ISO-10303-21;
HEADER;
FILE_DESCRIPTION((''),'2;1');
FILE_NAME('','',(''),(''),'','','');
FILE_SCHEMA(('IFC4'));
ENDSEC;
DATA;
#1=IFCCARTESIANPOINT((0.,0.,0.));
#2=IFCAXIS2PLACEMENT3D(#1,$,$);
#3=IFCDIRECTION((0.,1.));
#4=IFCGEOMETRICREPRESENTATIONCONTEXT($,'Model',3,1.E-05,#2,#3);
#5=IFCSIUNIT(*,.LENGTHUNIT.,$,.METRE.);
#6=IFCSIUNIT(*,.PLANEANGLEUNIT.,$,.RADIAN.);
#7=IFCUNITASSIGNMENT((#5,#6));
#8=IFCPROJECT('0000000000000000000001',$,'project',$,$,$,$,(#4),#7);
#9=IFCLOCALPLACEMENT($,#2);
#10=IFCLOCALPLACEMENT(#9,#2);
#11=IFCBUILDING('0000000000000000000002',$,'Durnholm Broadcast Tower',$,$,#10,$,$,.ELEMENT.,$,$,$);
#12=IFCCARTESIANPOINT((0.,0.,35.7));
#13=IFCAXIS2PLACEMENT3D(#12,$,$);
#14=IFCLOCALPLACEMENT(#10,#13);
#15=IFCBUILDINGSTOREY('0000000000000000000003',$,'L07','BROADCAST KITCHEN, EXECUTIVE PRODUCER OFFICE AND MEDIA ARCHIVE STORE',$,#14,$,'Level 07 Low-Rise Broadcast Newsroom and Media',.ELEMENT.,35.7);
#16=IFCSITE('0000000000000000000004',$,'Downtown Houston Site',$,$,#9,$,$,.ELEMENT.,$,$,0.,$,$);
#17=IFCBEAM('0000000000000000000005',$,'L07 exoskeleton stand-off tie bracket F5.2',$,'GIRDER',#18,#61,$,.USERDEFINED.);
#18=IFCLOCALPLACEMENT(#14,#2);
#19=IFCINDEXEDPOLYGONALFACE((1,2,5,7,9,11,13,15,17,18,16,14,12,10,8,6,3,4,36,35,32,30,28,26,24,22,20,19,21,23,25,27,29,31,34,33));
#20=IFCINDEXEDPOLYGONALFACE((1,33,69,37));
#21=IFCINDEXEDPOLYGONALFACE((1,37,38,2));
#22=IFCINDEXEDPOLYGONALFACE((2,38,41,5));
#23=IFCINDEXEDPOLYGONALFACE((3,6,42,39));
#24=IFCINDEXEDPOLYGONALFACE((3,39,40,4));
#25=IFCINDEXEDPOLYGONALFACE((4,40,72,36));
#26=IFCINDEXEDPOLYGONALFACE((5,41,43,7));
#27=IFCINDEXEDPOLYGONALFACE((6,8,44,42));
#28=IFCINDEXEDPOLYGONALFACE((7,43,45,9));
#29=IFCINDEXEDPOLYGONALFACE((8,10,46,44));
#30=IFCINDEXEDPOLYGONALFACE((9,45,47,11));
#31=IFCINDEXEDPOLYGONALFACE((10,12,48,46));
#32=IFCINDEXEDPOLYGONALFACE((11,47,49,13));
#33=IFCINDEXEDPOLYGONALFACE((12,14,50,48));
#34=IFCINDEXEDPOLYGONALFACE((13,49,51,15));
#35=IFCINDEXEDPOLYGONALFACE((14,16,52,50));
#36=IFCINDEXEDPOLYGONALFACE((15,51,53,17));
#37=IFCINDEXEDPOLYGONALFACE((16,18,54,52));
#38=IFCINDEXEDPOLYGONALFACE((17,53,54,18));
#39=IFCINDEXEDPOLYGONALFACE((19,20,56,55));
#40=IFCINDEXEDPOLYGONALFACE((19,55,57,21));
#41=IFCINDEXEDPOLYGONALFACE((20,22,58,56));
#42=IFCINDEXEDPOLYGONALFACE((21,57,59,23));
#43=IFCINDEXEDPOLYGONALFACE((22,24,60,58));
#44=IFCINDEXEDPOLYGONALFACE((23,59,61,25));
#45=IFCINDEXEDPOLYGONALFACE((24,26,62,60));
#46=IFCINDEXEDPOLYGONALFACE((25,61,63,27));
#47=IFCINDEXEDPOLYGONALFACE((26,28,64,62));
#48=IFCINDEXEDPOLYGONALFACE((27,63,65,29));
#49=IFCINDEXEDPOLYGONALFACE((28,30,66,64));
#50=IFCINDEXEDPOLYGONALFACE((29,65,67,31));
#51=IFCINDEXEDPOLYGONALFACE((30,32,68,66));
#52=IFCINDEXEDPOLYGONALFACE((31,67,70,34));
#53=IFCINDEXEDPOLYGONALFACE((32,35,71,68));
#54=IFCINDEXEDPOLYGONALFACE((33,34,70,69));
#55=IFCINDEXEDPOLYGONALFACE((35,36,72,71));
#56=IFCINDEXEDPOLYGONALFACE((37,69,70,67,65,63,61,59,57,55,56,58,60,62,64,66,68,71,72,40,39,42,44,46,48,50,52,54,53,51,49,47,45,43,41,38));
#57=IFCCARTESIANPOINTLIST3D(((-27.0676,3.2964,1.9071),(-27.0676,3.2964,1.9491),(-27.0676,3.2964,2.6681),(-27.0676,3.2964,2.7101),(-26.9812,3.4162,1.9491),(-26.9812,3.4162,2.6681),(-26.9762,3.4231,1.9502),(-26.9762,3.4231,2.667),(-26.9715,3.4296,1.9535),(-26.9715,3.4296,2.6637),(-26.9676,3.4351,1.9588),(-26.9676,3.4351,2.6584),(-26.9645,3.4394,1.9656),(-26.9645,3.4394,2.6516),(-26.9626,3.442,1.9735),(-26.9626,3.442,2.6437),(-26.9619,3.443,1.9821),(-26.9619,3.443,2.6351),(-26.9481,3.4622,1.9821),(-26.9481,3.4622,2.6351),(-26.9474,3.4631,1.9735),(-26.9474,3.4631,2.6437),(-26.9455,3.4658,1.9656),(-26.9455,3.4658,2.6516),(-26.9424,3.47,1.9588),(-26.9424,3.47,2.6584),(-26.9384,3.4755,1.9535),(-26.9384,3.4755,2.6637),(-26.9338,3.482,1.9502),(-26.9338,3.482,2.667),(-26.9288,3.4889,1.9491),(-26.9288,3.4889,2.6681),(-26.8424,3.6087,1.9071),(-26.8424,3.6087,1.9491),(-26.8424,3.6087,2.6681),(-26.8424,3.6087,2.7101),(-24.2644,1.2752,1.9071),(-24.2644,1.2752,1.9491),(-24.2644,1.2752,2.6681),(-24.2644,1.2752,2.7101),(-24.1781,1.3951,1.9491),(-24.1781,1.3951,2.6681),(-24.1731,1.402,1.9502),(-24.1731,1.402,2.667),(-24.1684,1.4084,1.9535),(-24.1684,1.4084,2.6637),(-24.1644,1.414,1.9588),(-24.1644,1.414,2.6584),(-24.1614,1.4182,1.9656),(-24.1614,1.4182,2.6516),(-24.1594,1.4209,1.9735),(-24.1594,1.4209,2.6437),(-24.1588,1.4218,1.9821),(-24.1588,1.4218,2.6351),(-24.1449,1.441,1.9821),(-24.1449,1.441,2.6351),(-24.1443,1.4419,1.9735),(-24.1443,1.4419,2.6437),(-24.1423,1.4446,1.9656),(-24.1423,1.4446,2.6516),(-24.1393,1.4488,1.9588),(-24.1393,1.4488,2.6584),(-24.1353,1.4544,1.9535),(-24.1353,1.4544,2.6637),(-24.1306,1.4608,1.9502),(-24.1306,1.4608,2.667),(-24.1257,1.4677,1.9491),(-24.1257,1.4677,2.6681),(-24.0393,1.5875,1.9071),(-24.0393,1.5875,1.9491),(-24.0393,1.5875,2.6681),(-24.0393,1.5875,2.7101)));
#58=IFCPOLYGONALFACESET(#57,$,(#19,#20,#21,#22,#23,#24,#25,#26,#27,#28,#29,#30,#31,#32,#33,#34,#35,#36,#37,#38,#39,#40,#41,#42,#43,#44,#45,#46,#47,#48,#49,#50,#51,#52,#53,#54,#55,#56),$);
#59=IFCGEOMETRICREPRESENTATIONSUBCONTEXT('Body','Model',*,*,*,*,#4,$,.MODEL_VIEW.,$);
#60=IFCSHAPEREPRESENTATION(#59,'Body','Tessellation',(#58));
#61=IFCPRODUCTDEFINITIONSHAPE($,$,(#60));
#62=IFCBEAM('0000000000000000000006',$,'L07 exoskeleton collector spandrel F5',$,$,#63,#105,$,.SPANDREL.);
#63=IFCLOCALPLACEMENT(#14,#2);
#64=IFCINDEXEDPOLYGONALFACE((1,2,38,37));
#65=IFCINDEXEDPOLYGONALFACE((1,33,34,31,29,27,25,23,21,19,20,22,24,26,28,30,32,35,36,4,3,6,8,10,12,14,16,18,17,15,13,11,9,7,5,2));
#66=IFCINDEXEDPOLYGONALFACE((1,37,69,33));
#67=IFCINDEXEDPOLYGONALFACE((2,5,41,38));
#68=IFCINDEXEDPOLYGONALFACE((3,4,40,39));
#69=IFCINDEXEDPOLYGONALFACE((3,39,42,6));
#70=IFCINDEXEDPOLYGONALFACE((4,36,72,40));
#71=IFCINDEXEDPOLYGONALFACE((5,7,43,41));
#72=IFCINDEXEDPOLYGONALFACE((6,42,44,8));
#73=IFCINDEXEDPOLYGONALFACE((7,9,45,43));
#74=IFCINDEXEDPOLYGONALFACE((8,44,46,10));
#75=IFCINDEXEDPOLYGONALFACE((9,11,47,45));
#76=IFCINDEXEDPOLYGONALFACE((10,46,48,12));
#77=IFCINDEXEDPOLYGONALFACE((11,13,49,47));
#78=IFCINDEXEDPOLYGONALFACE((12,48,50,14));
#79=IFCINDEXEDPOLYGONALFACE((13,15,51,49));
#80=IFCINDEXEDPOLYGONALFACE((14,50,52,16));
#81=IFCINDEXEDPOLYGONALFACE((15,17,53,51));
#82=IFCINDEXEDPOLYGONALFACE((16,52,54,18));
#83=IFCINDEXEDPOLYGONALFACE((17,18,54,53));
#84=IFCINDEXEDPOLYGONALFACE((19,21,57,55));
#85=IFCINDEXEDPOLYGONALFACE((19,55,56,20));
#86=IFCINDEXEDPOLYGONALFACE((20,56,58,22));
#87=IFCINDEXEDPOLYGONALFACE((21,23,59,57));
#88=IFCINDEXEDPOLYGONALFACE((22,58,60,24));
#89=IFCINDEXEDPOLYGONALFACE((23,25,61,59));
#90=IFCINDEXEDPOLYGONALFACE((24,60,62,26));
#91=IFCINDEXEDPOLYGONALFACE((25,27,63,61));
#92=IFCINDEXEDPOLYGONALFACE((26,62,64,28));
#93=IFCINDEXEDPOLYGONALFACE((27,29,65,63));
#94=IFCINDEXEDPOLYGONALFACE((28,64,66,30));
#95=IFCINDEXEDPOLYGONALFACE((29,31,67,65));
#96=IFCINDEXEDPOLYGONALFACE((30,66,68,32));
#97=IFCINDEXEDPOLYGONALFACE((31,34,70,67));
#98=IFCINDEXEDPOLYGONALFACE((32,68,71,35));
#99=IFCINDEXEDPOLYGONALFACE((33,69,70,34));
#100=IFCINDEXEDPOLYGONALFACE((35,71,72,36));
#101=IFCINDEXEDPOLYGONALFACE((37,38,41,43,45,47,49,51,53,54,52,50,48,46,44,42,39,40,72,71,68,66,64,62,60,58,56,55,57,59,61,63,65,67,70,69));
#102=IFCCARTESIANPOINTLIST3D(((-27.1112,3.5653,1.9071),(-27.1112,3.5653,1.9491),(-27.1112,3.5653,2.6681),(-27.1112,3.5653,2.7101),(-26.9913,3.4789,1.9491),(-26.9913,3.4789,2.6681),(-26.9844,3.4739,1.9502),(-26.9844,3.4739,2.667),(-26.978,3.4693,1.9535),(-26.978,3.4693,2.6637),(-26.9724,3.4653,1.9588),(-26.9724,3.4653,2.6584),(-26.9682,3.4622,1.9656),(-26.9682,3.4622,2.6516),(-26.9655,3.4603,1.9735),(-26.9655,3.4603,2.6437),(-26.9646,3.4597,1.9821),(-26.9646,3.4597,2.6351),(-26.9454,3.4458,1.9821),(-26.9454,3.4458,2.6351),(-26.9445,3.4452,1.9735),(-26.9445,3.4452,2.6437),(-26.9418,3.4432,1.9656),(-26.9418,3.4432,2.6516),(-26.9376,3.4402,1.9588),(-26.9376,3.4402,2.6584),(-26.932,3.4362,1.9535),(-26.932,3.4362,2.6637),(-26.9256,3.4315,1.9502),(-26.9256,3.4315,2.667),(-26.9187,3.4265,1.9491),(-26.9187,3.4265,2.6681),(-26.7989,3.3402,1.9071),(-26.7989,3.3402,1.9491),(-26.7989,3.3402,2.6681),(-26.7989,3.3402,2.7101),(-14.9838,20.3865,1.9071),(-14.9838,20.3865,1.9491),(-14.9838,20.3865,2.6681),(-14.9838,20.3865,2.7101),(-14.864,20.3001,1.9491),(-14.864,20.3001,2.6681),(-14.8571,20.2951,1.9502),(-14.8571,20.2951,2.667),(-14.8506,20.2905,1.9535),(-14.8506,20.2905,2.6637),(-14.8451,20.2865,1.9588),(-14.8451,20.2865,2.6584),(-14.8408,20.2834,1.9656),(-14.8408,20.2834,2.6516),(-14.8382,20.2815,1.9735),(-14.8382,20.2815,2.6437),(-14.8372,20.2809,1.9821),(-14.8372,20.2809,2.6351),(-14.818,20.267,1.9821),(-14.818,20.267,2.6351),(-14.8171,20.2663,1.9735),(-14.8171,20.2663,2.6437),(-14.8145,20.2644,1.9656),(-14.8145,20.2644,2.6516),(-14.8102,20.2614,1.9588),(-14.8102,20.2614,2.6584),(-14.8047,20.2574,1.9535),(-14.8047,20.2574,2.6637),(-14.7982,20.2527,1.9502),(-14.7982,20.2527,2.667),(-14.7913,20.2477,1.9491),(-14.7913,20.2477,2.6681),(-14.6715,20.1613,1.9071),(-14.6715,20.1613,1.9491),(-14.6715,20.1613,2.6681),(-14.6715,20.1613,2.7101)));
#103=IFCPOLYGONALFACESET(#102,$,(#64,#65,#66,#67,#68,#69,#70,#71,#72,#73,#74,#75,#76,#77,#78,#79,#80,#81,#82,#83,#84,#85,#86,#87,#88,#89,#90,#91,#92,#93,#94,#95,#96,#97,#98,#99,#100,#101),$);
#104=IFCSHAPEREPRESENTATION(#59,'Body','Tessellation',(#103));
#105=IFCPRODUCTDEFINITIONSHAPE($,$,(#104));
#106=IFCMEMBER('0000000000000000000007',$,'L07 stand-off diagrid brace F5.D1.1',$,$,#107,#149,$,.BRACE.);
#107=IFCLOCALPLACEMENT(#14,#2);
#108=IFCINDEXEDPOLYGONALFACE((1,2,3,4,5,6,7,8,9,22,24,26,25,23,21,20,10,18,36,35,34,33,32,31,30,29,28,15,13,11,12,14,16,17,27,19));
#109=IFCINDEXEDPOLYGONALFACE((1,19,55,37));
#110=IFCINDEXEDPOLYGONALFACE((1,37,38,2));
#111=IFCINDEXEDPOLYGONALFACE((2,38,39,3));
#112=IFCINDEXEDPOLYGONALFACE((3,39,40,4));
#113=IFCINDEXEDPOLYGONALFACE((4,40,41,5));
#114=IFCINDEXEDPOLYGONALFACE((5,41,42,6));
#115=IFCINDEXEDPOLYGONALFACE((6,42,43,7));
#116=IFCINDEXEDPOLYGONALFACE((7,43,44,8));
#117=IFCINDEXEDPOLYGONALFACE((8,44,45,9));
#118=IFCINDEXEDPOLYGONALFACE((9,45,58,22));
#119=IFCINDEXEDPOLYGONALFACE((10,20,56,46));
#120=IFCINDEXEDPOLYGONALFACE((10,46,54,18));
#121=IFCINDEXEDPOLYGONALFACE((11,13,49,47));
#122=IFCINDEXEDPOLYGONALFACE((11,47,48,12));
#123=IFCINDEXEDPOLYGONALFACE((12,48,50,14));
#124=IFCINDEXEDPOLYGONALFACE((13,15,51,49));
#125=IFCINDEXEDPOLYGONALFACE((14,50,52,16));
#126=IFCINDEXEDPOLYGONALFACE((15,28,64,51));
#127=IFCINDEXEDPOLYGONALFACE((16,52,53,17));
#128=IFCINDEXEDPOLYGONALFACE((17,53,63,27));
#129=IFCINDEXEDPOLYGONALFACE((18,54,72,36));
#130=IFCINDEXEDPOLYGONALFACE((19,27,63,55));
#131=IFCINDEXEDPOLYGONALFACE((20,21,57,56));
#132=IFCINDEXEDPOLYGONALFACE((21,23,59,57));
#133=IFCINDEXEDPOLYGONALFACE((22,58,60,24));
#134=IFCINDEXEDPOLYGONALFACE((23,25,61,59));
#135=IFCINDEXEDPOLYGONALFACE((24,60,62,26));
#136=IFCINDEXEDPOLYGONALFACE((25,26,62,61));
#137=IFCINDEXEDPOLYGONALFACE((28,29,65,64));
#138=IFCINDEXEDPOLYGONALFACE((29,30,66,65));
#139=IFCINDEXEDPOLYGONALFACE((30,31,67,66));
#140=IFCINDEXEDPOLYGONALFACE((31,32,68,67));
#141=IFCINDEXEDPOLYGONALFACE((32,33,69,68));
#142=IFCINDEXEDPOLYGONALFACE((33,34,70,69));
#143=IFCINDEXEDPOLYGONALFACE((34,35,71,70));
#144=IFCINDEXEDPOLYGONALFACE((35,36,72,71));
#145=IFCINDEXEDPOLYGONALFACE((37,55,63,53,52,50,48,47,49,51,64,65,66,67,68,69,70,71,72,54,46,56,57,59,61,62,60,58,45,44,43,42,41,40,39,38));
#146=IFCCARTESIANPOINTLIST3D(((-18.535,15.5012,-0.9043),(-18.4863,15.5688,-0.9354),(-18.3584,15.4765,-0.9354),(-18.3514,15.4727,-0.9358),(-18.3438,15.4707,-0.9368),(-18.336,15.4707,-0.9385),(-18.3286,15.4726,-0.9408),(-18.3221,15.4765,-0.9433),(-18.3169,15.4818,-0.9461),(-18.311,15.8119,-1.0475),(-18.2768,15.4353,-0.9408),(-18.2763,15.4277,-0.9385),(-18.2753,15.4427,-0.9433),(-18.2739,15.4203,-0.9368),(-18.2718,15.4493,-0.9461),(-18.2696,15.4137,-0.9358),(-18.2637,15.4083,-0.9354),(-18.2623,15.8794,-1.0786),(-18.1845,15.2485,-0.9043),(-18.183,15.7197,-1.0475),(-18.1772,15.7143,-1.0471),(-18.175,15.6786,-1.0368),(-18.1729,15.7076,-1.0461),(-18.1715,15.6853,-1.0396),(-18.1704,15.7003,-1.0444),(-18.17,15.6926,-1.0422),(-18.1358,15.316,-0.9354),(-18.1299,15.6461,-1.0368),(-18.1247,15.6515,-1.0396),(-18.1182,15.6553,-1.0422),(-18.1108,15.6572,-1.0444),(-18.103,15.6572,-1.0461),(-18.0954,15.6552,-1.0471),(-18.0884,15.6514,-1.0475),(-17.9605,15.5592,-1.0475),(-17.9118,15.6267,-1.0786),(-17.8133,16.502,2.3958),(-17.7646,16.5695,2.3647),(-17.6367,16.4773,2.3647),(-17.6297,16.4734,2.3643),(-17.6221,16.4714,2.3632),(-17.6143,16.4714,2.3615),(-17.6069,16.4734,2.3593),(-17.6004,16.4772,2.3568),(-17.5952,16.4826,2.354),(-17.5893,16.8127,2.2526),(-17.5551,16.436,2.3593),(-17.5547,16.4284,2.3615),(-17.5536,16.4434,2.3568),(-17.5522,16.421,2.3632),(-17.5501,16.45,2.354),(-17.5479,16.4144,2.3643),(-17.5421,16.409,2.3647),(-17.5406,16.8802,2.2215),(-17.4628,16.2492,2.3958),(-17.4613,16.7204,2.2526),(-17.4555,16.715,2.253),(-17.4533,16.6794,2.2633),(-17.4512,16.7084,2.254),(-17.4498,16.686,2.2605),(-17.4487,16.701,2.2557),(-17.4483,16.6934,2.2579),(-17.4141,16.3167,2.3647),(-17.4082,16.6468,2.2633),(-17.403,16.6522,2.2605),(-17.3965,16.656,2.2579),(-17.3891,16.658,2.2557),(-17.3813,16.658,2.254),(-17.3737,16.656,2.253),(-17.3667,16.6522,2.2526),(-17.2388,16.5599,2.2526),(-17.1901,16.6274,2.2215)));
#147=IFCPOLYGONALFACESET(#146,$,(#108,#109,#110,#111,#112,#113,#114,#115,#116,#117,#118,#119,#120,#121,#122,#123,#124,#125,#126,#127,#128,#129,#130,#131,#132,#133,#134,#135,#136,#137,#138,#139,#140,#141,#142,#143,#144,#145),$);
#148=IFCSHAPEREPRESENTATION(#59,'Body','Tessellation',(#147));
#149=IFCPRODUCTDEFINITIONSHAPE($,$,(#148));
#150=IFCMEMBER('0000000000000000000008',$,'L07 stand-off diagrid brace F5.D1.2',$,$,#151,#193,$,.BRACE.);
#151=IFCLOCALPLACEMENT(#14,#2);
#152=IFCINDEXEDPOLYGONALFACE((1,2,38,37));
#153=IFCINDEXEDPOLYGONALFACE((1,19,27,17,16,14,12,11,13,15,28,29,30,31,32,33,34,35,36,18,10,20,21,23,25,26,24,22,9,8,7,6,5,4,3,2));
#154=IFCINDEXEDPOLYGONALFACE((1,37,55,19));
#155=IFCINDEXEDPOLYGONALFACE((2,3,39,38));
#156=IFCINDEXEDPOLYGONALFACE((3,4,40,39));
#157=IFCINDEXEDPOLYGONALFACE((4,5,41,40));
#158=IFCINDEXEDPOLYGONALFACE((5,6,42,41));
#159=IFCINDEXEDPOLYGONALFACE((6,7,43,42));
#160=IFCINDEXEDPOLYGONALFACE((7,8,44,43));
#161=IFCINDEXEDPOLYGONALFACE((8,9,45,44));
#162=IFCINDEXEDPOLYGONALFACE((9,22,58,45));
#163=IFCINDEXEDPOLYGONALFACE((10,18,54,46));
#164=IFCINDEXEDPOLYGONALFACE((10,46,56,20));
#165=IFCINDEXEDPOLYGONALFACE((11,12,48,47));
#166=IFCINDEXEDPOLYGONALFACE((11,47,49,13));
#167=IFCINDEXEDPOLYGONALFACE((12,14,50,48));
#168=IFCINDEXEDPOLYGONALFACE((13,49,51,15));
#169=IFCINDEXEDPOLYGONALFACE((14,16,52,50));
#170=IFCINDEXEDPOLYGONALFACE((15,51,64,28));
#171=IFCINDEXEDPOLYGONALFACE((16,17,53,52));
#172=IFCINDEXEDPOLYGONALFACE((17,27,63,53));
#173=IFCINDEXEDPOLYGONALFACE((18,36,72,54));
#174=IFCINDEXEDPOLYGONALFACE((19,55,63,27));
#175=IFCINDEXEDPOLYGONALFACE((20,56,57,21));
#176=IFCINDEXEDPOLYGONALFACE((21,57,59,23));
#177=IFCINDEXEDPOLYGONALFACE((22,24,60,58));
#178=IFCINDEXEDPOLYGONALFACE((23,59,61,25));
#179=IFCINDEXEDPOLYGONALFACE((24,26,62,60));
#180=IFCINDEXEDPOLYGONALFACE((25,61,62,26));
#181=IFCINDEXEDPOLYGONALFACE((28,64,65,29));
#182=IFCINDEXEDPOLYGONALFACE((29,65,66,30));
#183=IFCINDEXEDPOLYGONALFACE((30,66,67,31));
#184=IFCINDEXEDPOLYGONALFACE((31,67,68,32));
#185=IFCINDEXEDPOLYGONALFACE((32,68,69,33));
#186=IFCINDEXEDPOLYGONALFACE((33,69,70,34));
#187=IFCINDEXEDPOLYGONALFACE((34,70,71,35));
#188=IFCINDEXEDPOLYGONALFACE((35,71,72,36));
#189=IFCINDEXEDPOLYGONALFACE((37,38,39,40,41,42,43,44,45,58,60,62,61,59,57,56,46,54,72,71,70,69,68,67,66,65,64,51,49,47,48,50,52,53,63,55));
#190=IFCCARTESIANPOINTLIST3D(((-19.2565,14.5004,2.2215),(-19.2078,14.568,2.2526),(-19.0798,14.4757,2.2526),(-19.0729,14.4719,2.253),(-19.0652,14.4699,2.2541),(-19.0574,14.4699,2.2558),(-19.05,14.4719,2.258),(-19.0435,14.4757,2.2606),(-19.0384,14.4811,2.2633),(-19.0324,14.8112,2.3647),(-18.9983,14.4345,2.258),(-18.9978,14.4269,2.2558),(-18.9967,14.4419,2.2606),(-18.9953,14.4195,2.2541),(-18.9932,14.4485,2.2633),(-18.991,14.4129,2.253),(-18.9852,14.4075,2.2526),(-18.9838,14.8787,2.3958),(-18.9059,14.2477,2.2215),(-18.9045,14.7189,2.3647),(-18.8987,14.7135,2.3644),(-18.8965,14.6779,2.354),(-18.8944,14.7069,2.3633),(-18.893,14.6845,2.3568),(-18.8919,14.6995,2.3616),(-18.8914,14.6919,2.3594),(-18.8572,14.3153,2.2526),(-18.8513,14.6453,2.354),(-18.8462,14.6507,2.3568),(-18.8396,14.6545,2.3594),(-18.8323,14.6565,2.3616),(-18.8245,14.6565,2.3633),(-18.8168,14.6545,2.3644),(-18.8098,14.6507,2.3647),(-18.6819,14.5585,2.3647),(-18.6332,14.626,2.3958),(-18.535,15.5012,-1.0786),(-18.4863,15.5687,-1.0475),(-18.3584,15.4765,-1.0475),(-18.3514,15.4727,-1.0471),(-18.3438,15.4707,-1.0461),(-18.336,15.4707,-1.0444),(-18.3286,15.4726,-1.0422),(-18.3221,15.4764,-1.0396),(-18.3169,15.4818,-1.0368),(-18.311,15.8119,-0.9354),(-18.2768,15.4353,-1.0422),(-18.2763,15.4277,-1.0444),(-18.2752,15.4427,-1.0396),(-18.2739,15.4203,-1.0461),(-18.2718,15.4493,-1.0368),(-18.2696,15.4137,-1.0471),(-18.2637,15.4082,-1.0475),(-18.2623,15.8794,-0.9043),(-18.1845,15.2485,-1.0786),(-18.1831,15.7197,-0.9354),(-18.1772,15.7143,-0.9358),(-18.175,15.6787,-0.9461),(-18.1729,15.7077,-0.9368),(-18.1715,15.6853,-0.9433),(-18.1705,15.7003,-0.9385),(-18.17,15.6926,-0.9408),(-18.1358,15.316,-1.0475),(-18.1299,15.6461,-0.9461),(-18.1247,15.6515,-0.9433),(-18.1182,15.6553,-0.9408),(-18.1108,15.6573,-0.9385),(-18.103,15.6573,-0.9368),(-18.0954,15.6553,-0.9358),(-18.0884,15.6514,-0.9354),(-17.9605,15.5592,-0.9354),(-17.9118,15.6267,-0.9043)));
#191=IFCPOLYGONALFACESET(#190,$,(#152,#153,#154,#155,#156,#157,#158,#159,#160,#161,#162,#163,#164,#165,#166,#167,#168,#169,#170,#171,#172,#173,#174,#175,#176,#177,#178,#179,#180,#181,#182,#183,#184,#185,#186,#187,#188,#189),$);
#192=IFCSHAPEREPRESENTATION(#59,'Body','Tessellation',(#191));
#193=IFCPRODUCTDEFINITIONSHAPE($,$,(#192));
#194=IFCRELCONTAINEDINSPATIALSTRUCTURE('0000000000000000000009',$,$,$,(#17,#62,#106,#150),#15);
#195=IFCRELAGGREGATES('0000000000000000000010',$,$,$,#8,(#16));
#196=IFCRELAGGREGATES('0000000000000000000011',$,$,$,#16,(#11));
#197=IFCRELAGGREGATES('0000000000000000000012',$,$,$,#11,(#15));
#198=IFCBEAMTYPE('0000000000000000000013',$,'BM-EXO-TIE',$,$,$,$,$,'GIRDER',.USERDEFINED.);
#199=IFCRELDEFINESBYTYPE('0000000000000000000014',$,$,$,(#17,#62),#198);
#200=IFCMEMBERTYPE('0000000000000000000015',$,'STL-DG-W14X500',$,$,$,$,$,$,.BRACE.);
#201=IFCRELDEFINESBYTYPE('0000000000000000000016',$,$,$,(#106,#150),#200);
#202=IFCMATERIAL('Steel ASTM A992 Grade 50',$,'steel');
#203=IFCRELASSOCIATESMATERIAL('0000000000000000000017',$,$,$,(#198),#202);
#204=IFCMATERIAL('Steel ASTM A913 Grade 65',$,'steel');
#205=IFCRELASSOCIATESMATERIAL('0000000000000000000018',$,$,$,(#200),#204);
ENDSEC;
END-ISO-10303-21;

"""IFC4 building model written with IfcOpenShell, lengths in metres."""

from ifc_helpers import new_model, si_unit, direction, frame, origin, origin_2d, place, context, subcontext, project, spatial, i_section, extrude, source, transform, mapped, material, material_profile, profile_set, type_object, type_shapes, element, save


model = new_model("IFC4")

# Units and contexts
model_context = context("Model", 3, precision=1e-05, world=origin(), true_north=direction((0.0, 1.0)))
body_context = subcontext(model_context, "Body", "Model", "MODEL_VIEW")
ifc_project = project(units=[si_unit("LENGTHUNIT", "METRE"), si_unit("PLANEANGLEUNIT", "RADIAN")], contexts=[model_context])

# Site, building, storey
site_placement = place(None, origin())
site = spatial("IfcSite", under=ifc_project, at=site_placement, Name="Downtown Houston Site", CompositionType="ELEMENT", RefElevation=0.0)
building_placement = place(site_placement, origin())
building = spatial("IfcBuilding", under=site, at=building_placement, Name="Durnholm Broadcast Tower", CompositionType="ELEMENT")
storey_placement = place(building_placement, frame((0.0, 0.0, 35.7)))
storey = spatial("IfcBuildingStorey", under=building, at=storey_placement, Name="L07", Description="BROADCAST KITCHEN, EXECUTIVE PRODUCER OFFICE AND MEDIA ARCHIVE STORE", LongName="Level 07 Low-Rise Broadcast Newsroom and Media", CompositionType="ELEMENT", Elevation=35.7)

# Beams
ifc_material_1 = material(Name="Steel ASTM A992 Grade 50", Category="steel")
ifc_material_profile_1 = material_profile(ifc_material_1, i_section(OverallWidth=0.385, OverallDepth=0.803, WebThickness=0.0237, FlangeThickness=0.042, FilletRadius=0.033, at=origin_2d()), Name="W30X261")
ifc_profile_set_1 = profile_set([ifc_material_profile_1], Name="Steel ASTM A992 Grade 50")
beam_type_1 = type_object("IfcBeamType", Name="BM-EXO-TIE", ElementType="GIRDER", PredefinedType="USERDEFINED", material=ifc_profile_set_1)
shared_shape_1 = source(origin(), body_context, "Body", "SweptSolid", [
    extrude(i_section(OverallWidth=0.385, OverallDepth=0.803, WebThickness=0.0237, FlangeThickness=0.042, FilletRadius=0.033, at=origin_2d()), origin(), (0.0, 0.0, 1.0), 3.4558),
])
beam_1_placement = place(storey_placement, frame((-24.1519, 1.4314, 2.3086), z_axis=(-0.811134, 0.584861, 0.0), x_axis=(-0.584861, -0.811134, 0.0)))
element("IfcBeam", 1, at=beam_1_placement, inside=storey, type_object=beam_type_1, Name="L07 exoskeleton stand-off tie bracket F5.2", ObjectType="GIRDER", PredefinedType="USERDEFINED", context=body_context, shape_type="MappedRepresentation", body=[
    mapped(shared_shape_1, transform((0.0, 0.0, 0.0), x_axis=(1.0, 0.0, 0.0), y_axis=(0.0, 1.0, 0.0), z_axis=(0.0, 0.0, 1.0), scale=1.0)),
])
shared_shape_2 = source(origin(), body_context, "Body", "SweptSolid", [
    extrude(i_section(OverallWidth=0.385, OverallDepth=0.803, WebThickness=0.0237, FlangeThickness=0.042, FilletRadius=0.033, at=origin_2d()), origin(), (0.0, 0.0, 1.0), 20.7371),
])
beam_2_placement = place(storey_placement, frame((-14.8276, 20.2739, 2.3086), z_axis=(-0.584816, -0.811166, 0.0), x_axis=(0.811166, -0.584816, 0.0)))
element("IfcBeam", 2, at=beam_2_placement, inside=storey, type_object=beam_type_1, Name="L07 exoskeleton collector spandrel F5", PredefinedType="SPANDREL", context=body_context, shape_type="MappedRepresentation", body=[
    mapped(shared_shape_2, transform((0.0, 0.0, 0.0), x_axis=(1.0, 0.0, 0.0), y_axis=(0.0, 1.0, 0.0), z_axis=(0.0, 0.0, 1.0), scale=1.0)),
])

# Members
ifc_material_2 = material(Name="Steel ASTM A913 Grade 65", Category="steel")
ifc_material_profile_2 = material_profile(ifc_material_2, i_section(OverallWidth=0.4321, OverallDepth=0.4978, WebThickness=0.0557, FlangeThickness=0.0889, FilletRadius=0.0305, at=origin_2d()), Name="W14X500")
ifc_profile_set_2 = profile_set([ifc_material_profile_2], Name="Steel ASTM A913 Grade 65")
member_type_1 = type_object("IfcMemberType", Name="STL-DG-W14X500", PredefinedType="BRACE", material=ifc_profile_set_2)
shared_shape_3 = source(origin(), body_context, "Body", "SweptSolid", [
    extrude(i_section(OverallWidth=0.4321, OverallDepth=0.4978, WebThickness=0.0557, FlangeThickness=0.0889, FilletRadius=0.0305, at=origin_2d()), origin(), (0.0, 0.0, 1.0), 3.5232),
])
type_shapes(member_type_1, [shared_shape_3])
for number, where, z_axis, x_axis, name in (
    (3, (-18.2234, 15.564, -0.9915), (0.204839, 0.284045, 0.936675), (-0.811091, 0.58492, 0.0), "L07 stand-off diagrid brace F5.D1.1"),
    (4, (-18.2234, 15.564, -0.9915), (-0.204773, -0.284049, 0.936688), (0.811185, -0.584789, 0.0), "L07 stand-off diagrid brace F5.D1.2"),
):
    element("IfcMember", number, at=place(storey_placement, frame(where, z_axis=z_axis, x_axis=x_axis)), inside=storey, type_object=member_type_1, Name=name, PredefinedType="BRACE", context=body_context, shape_type="MappedRepresentation", body=[
        mapped(shared_shape_3, transform((0.0, 0.0, 0.0), x_axis=(1.0, 0.0, 0.0), y_axis=(0.0, 1.0, 0.0), z_axis=(0.0, 0.0, 1.0), scale=1.0)),
    ])

save(model, "model.ifc")
